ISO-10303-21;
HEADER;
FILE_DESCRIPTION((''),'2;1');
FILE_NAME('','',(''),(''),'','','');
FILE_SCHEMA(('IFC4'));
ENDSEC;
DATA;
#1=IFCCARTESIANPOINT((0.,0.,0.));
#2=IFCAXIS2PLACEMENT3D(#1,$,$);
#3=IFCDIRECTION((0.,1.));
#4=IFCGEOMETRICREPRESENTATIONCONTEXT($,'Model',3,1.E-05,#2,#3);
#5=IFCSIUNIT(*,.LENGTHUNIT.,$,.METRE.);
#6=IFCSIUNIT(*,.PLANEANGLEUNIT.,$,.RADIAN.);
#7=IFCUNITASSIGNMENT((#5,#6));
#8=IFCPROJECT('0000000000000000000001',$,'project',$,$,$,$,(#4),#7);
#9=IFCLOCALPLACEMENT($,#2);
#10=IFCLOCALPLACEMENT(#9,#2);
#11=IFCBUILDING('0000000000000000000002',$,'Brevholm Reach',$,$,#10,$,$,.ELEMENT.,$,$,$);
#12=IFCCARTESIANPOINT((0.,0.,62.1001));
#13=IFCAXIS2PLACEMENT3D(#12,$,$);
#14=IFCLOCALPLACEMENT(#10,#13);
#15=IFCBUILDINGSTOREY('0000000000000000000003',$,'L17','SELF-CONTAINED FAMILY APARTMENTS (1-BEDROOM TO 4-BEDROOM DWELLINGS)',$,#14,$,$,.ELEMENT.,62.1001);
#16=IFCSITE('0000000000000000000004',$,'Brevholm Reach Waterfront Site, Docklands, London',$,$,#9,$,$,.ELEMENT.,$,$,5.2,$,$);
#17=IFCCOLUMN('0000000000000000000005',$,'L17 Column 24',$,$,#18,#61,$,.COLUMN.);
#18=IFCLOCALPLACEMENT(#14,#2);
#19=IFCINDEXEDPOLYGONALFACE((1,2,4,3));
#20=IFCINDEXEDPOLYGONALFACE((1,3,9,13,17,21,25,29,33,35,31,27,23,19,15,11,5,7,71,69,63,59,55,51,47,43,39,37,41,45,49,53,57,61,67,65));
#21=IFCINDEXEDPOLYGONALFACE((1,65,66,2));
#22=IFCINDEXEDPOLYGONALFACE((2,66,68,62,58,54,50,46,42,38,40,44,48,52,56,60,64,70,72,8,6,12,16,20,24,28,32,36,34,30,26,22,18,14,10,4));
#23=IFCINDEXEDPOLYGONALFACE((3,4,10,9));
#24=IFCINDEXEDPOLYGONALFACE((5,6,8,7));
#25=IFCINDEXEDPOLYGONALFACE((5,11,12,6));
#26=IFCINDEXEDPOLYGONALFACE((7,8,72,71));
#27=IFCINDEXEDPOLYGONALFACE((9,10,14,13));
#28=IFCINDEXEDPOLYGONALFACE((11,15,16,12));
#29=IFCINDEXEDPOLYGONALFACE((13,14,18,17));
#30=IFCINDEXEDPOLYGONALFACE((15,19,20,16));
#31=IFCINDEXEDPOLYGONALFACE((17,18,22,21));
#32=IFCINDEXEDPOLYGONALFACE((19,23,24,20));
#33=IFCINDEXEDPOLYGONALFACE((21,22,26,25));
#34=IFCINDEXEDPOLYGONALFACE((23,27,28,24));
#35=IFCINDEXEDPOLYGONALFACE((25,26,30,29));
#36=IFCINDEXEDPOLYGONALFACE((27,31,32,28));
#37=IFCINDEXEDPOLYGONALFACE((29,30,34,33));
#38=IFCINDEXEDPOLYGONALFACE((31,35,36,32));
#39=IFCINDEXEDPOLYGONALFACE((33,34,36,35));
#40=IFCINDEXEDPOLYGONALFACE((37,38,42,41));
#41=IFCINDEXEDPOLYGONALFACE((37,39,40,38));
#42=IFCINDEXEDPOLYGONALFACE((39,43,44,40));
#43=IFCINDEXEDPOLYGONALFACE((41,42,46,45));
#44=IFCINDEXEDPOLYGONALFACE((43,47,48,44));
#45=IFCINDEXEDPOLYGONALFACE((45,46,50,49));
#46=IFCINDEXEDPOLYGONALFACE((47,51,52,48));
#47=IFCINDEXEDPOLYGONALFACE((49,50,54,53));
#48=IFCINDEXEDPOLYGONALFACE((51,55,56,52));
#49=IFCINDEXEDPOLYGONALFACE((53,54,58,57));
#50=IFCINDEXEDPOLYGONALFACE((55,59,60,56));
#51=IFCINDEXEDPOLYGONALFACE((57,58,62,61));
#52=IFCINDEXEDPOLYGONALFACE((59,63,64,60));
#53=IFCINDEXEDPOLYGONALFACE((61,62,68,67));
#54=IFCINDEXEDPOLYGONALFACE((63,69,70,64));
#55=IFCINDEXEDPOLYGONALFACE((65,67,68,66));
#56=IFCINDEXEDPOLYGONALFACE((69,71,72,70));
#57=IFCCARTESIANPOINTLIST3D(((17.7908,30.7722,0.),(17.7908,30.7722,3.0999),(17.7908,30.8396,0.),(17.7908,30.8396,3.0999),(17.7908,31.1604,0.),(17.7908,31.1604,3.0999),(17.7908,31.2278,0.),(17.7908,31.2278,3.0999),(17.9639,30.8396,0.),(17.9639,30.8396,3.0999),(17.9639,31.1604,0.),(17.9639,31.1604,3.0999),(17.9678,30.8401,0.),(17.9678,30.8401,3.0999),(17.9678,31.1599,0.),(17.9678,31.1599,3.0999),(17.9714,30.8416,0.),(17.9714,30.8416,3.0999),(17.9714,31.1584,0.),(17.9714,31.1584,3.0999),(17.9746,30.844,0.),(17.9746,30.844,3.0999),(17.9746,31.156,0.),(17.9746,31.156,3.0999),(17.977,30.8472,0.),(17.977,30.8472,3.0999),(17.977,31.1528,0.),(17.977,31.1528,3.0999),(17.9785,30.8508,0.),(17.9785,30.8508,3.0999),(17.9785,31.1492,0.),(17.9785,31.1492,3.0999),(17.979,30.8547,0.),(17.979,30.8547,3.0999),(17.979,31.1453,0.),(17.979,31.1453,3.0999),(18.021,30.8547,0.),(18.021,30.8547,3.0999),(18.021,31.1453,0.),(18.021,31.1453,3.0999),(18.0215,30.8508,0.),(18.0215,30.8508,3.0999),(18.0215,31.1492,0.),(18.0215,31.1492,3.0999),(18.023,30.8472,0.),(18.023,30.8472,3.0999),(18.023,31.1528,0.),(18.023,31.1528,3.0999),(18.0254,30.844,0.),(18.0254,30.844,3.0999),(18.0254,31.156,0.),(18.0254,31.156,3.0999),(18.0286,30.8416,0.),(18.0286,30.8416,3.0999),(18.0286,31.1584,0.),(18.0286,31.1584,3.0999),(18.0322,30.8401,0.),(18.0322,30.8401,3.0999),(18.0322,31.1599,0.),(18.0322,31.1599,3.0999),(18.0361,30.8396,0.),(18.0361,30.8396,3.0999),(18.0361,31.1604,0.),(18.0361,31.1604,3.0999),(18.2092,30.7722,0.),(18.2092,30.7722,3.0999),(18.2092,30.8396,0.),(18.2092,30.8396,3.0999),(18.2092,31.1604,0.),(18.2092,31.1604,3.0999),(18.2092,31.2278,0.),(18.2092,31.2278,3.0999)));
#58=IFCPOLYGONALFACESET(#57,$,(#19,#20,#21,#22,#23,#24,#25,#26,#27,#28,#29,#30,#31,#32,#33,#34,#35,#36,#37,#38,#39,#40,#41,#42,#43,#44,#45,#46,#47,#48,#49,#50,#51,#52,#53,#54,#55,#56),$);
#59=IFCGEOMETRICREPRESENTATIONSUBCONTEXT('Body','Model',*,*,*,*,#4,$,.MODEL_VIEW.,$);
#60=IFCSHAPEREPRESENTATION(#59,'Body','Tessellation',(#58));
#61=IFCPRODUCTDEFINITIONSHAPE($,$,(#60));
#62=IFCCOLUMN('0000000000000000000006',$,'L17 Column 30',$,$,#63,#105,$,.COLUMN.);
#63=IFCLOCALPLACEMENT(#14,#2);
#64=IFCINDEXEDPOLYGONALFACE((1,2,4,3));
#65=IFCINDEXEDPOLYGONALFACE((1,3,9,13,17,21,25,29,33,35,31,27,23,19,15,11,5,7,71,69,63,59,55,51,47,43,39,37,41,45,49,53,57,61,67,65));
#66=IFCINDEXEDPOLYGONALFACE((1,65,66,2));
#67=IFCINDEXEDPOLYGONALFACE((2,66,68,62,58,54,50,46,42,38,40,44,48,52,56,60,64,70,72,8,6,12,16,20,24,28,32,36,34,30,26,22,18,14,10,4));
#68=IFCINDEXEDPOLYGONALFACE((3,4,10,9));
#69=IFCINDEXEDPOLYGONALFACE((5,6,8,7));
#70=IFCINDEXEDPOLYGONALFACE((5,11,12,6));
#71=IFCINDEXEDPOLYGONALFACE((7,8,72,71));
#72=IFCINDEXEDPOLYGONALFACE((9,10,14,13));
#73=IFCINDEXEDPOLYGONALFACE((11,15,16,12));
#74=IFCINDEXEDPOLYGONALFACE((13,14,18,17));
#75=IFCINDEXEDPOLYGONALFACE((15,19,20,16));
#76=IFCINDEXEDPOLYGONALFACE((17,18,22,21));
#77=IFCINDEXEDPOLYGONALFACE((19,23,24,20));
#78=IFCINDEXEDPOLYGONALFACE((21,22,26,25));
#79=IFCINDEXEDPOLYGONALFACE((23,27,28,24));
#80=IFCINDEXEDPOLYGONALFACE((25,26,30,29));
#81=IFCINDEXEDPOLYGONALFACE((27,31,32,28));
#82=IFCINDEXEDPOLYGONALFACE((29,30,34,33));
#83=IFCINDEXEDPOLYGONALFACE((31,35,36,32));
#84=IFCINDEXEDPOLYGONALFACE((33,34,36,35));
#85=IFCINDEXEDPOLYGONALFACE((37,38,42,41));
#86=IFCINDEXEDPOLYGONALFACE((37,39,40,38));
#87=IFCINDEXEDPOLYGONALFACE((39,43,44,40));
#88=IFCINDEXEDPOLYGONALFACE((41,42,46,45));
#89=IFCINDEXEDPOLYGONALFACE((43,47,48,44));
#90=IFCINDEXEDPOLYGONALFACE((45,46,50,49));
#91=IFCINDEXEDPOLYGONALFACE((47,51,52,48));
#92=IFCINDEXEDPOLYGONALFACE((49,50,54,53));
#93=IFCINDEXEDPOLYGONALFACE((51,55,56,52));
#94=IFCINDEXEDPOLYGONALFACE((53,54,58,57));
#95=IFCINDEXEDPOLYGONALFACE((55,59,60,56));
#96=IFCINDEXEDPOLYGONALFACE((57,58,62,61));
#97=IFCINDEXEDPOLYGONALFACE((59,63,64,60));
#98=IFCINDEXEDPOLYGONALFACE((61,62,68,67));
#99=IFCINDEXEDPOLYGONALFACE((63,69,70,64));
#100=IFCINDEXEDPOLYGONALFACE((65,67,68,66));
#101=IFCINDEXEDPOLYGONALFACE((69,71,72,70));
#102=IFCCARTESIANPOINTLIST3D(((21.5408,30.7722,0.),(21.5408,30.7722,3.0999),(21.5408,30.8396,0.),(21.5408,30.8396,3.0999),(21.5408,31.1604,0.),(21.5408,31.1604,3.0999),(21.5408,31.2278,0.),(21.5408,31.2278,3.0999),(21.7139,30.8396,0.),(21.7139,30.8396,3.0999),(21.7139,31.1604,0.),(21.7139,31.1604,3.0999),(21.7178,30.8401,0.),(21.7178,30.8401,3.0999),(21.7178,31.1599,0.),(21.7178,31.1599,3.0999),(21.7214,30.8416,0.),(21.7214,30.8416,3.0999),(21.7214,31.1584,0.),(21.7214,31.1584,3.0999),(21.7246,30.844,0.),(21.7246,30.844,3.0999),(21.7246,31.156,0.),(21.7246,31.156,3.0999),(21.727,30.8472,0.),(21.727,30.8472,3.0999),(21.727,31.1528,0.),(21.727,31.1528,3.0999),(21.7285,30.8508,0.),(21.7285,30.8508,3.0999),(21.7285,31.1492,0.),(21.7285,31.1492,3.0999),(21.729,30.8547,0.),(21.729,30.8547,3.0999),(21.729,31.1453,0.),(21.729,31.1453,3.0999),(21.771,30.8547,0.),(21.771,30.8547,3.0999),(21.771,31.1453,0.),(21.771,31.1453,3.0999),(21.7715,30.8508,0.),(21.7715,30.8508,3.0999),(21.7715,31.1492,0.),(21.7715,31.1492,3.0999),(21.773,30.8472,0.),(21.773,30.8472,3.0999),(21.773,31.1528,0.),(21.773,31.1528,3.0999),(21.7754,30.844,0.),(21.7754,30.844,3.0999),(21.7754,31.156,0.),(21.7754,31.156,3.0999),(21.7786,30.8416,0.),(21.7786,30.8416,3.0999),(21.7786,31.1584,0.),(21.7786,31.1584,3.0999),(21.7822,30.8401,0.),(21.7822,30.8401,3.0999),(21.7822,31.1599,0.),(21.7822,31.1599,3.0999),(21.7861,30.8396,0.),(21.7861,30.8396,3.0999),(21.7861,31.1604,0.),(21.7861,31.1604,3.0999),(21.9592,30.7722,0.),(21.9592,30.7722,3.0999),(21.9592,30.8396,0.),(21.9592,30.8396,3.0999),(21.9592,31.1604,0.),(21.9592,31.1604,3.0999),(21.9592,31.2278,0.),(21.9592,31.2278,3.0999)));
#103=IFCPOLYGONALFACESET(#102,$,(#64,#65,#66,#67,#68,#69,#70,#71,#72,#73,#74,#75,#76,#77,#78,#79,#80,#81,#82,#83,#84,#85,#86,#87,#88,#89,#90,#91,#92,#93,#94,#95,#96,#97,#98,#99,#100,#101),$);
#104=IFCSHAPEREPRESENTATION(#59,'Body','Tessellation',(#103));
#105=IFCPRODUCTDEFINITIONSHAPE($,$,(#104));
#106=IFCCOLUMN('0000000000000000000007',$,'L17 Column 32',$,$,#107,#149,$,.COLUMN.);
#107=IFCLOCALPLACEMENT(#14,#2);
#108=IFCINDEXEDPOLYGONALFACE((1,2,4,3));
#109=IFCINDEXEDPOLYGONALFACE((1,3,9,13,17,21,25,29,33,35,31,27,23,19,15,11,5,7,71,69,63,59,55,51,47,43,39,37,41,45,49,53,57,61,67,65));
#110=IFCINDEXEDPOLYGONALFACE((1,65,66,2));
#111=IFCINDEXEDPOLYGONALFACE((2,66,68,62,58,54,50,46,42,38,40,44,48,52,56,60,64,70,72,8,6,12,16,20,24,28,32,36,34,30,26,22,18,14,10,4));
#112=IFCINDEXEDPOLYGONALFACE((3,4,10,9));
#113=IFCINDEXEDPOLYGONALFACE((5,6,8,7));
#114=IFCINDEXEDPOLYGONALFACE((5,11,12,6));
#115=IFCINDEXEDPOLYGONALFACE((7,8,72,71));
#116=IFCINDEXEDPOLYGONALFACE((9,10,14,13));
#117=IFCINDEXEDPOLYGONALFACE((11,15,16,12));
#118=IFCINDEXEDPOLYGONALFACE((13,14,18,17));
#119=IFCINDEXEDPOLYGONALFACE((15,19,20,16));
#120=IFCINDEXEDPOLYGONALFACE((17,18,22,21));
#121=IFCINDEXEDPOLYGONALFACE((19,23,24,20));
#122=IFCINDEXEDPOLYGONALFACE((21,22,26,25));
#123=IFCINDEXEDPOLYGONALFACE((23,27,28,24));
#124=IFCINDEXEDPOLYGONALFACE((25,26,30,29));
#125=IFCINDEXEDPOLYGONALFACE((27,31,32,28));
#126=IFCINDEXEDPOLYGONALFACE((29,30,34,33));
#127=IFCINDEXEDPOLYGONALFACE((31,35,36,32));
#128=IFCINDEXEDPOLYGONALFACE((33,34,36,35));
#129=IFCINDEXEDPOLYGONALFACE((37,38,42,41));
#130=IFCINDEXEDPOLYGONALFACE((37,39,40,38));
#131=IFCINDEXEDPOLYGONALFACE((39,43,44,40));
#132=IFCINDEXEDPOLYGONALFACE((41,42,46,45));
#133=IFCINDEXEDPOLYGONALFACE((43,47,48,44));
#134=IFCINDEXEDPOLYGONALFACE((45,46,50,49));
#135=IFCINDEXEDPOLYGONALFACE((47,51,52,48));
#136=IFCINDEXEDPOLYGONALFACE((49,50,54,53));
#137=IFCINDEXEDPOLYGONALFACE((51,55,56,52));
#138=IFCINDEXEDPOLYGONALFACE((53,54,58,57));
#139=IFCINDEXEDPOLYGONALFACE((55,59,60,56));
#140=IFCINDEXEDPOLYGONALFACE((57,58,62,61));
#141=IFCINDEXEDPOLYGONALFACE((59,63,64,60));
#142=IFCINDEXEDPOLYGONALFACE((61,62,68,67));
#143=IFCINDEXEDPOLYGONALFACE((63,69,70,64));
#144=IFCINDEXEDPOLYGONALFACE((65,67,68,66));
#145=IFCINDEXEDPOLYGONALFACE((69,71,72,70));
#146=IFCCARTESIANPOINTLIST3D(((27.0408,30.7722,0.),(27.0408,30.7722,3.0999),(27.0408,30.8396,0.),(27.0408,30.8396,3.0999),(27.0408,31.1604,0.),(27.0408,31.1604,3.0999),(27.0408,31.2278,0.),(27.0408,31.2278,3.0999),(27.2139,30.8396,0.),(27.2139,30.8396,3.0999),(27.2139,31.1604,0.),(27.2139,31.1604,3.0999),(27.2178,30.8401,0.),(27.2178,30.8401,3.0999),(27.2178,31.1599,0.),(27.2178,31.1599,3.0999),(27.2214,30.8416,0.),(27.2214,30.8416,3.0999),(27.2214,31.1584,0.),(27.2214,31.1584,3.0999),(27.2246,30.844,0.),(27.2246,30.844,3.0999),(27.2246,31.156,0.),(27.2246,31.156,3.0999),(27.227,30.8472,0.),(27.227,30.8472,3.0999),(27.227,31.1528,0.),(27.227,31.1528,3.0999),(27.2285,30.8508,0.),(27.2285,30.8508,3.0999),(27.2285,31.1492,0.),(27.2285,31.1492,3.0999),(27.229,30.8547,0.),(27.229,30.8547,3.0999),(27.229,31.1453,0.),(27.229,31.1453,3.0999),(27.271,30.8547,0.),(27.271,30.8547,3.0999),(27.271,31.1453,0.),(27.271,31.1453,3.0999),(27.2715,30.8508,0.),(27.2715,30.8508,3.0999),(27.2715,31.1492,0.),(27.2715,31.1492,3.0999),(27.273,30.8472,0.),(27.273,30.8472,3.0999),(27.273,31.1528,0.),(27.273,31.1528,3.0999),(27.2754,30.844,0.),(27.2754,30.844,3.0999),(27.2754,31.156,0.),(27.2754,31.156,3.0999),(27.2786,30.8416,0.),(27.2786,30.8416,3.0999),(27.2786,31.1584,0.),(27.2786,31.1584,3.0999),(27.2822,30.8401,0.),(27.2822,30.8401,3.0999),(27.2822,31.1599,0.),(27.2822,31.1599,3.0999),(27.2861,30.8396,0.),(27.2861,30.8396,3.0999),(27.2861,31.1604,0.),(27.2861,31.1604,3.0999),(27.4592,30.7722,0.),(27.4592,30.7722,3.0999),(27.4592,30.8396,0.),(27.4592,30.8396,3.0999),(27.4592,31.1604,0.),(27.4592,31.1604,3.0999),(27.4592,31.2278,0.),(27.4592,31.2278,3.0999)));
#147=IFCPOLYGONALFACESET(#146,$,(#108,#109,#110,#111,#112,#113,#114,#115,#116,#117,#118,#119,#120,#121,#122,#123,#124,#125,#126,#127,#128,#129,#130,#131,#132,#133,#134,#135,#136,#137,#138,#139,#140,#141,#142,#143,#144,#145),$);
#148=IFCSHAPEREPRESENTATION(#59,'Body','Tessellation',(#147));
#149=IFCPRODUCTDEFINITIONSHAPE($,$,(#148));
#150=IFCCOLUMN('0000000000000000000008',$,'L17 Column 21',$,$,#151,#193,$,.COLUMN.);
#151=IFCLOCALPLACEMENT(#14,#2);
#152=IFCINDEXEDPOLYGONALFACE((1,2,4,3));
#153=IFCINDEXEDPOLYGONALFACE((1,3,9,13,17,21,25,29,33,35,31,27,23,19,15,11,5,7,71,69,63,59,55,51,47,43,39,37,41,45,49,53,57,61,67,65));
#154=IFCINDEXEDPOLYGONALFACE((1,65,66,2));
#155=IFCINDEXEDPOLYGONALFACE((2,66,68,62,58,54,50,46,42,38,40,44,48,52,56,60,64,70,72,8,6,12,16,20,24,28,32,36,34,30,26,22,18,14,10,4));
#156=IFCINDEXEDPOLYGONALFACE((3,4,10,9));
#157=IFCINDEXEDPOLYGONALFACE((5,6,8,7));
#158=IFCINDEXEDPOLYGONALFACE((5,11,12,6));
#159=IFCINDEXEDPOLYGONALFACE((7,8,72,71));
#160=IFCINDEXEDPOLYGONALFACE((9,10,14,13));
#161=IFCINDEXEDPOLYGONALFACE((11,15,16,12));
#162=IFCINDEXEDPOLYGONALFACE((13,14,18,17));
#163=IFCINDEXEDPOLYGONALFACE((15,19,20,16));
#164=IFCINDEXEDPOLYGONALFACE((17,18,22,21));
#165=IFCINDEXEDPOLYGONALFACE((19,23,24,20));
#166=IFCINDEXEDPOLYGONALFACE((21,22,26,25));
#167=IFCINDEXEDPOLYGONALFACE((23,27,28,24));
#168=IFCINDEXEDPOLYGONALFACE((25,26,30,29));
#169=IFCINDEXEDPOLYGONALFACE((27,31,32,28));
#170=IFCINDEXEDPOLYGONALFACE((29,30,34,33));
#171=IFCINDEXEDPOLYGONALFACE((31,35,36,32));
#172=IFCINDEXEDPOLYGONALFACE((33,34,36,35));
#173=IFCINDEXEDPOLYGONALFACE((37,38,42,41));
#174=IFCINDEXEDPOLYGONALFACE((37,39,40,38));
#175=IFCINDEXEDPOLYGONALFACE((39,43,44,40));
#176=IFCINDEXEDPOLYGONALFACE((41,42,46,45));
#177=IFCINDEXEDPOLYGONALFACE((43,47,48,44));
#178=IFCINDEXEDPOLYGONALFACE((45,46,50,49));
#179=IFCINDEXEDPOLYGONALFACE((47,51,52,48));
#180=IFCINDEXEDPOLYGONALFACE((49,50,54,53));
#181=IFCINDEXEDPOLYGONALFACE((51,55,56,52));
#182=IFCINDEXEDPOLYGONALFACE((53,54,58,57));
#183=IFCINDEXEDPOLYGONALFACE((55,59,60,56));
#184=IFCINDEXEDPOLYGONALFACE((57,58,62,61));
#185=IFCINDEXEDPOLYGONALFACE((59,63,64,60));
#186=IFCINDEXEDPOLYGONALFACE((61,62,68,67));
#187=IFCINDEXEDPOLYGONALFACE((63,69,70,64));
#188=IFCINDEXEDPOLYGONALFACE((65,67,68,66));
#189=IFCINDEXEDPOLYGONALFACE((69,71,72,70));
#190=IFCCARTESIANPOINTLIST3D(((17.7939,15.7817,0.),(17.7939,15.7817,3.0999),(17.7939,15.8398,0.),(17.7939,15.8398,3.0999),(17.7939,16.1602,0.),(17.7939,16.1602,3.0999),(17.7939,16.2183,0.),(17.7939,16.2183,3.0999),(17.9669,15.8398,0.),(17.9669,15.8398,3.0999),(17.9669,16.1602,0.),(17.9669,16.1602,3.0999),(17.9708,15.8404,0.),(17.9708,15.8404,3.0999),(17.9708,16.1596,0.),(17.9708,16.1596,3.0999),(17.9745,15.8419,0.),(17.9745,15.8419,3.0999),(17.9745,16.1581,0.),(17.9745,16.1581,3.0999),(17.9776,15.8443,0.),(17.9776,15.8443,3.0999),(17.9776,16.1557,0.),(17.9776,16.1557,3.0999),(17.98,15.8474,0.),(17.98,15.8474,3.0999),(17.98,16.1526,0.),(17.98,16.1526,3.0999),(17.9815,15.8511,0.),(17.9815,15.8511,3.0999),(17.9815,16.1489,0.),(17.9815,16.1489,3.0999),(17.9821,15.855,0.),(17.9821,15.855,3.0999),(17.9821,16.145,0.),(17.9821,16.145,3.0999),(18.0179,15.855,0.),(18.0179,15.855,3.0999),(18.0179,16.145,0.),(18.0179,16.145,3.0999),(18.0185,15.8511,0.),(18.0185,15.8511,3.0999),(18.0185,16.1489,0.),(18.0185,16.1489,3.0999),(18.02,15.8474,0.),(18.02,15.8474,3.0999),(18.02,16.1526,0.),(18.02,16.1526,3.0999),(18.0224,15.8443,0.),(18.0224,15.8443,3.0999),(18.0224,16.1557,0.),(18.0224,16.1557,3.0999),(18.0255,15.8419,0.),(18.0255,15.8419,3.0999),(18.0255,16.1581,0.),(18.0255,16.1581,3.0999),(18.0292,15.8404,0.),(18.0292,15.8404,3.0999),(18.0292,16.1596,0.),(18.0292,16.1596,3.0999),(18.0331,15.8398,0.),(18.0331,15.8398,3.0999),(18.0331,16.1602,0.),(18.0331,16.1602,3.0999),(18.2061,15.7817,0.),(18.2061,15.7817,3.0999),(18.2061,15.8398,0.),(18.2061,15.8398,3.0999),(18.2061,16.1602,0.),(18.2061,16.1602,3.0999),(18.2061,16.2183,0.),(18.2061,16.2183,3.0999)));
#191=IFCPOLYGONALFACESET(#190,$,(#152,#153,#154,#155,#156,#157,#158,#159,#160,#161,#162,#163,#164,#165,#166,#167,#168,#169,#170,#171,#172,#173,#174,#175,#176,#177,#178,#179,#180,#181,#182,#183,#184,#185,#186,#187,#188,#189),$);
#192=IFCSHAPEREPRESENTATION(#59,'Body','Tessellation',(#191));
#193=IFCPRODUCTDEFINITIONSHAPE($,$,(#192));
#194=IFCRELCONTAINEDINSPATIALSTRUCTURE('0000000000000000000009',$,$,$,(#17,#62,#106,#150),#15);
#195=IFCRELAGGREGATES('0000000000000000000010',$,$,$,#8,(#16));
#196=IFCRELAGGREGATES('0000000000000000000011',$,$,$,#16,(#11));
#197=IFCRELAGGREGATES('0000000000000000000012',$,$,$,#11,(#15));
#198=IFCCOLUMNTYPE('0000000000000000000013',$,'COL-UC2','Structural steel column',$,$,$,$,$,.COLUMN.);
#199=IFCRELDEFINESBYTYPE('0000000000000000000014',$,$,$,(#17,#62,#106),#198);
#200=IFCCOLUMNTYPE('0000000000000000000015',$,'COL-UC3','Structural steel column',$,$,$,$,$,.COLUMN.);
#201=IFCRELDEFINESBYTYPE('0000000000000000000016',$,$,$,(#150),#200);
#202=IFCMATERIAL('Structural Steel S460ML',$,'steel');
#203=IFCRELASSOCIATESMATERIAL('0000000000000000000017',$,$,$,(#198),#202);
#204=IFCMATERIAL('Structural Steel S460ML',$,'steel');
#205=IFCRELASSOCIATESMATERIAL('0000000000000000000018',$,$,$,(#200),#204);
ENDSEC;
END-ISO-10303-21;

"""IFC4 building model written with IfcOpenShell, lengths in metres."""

from ifc_helpers import new_model, si_unit, direction, frame, origin, origin_2d, place, context, subcontext, project, spatial, i_section, extrude, material, material_profile, profile_set, type_object, element, save


model = new_model("IFC4")

# Units and contexts
model_context = context("Model", 3, precision=1e-05, world=origin(), true_north=direction((0.0, 1.0)))
body_context = subcontext(model_context, "Body", "Model", "MODEL_VIEW")
ifc_project = project(units=[si_unit("LENGTHUNIT", "METRE"), si_unit("PLANEANGLEUNIT", "RADIAN")], contexts=[model_context])

# Site, building, storey
site_placement = place(None, origin())
site = spatial("IfcSite", under=ifc_project, at=site_placement, Name="Brevholm Reach Waterfront Site, Docklands, London", CompositionType="ELEMENT", RefElevation=5.2)
building_placement = place(site_placement, origin())
building = spatial("IfcBuilding", under=site, at=building_placement, Name="Brevholm Reach", CompositionType="ELEMENT")
storey_placement = place(building_placement, frame((0.0, 0.0, 62.1001)))
storey = spatial("IfcBuildingStorey", under=building, at=storey_placement, Name="L17", Description="SELF-CONTAINED FAMILY APARTMENTS (1-BEDROOM TO 4-BEDROOM DWELLINGS)", CompositionType="ELEMENT", Elevation=62.1001)

# Columns
ifc_material_1 = material(Name="Structural Steel S460ML", Category="steel")
ifc_material_profile_1 = material_profile(ifc_material_1, i_section(OverallWidth=0.4185, OverallDepth=0.4556, WebThickness=0.042, FlangeThickness=0.0674, FilletRadius=0.0151, at=origin_2d()), Name="UKC 356x406x551")
ifc_profile_set_1 = profile_set([ifc_material_profile_1], Name="Structural Steel S460ML")
column_type_1 = type_object("IfcColumnType", Name="COL-UC2", Description="Structural steel column", PredefinedType="COLUMN", material=ifc_profile_set_1)
for number, where, z_axis, x_axis, name in (
    (1, (18.0, 31.0, 0.0), (0.0, 0.0, 1.0), (1.0, 0.0, 0.0), "L17 Column 24"),
    (2, (21.75, 31.0, 0.0), (0.0, 0.0, 1.0), (1.0, 0.0, 0.0), "L17 Column 30"),
    (3, (27.25, 31.0, 0.0), (0.0, 0.0, 1.0), (1.0, 0.0, 0.0), "L17 Column 32"),
):
    element("IfcColumn", number, at=place(storey_placement, frame(where, z_axis=z_axis, x_axis=x_axis)), inside=storey, type_object=column_type_1, Name=name, PredefinedType="COLUMN", context=body_context, shape_type="SweptSolid", body=[
        extrude(i_section(OverallWidth=0.4185, OverallDepth=0.4556, WebThickness=0.042, FlangeThickness=0.0674, FilletRadius=0.0151, at=origin_2d()), origin(), (0.0, 0.0, 1.0), 3.0999),
    ])
ifc_material_2 = material(Name="Structural Steel S460ML", Category="steel")
ifc_material_profile_2 = material_profile(ifc_material_2, i_section(OverallWidth=0.4121, OverallDepth=0.4365, WebThickness=0.0359, FlangeThickness=0.0581, FilletRadius=0.0151, at=origin_2d()), Name="UKC 356x406x467")
ifc_profile_set_2 = profile_set([ifc_material_profile_2], Name="Structural Steel S460ML")
column_type_2 = type_object("IfcColumnType", Name="COL-UC3", Description="Structural steel column", PredefinedType="COLUMN", material=ifc_profile_set_2)
for number, where, z_axis, x_axis, name in (
    (4, (18.0, 16.0, 0.0), (0.0, 0.0, 1.0), (1.0, 0.0, 0.0), "L17 Column 21"),
):
    element("IfcColumn", number, at=place(storey_placement, frame(where, z_axis=z_axis, x_axis=x_axis)), inside=storey, type_object=column_type_2, Name=name, PredefinedType="COLUMN", context=body_context, shape_type="SweptSolid", body=[
        extrude(i_section(OverallWidth=0.4121, OverallDepth=0.4365, WebThickness=0.0359, FlangeThickness=0.0581, FilletRadius=0.0151, at=origin_2d()), origin(), (0.0, 0.0, 1.0), 3.0999),
    ])

save(model, "model.ifc")
